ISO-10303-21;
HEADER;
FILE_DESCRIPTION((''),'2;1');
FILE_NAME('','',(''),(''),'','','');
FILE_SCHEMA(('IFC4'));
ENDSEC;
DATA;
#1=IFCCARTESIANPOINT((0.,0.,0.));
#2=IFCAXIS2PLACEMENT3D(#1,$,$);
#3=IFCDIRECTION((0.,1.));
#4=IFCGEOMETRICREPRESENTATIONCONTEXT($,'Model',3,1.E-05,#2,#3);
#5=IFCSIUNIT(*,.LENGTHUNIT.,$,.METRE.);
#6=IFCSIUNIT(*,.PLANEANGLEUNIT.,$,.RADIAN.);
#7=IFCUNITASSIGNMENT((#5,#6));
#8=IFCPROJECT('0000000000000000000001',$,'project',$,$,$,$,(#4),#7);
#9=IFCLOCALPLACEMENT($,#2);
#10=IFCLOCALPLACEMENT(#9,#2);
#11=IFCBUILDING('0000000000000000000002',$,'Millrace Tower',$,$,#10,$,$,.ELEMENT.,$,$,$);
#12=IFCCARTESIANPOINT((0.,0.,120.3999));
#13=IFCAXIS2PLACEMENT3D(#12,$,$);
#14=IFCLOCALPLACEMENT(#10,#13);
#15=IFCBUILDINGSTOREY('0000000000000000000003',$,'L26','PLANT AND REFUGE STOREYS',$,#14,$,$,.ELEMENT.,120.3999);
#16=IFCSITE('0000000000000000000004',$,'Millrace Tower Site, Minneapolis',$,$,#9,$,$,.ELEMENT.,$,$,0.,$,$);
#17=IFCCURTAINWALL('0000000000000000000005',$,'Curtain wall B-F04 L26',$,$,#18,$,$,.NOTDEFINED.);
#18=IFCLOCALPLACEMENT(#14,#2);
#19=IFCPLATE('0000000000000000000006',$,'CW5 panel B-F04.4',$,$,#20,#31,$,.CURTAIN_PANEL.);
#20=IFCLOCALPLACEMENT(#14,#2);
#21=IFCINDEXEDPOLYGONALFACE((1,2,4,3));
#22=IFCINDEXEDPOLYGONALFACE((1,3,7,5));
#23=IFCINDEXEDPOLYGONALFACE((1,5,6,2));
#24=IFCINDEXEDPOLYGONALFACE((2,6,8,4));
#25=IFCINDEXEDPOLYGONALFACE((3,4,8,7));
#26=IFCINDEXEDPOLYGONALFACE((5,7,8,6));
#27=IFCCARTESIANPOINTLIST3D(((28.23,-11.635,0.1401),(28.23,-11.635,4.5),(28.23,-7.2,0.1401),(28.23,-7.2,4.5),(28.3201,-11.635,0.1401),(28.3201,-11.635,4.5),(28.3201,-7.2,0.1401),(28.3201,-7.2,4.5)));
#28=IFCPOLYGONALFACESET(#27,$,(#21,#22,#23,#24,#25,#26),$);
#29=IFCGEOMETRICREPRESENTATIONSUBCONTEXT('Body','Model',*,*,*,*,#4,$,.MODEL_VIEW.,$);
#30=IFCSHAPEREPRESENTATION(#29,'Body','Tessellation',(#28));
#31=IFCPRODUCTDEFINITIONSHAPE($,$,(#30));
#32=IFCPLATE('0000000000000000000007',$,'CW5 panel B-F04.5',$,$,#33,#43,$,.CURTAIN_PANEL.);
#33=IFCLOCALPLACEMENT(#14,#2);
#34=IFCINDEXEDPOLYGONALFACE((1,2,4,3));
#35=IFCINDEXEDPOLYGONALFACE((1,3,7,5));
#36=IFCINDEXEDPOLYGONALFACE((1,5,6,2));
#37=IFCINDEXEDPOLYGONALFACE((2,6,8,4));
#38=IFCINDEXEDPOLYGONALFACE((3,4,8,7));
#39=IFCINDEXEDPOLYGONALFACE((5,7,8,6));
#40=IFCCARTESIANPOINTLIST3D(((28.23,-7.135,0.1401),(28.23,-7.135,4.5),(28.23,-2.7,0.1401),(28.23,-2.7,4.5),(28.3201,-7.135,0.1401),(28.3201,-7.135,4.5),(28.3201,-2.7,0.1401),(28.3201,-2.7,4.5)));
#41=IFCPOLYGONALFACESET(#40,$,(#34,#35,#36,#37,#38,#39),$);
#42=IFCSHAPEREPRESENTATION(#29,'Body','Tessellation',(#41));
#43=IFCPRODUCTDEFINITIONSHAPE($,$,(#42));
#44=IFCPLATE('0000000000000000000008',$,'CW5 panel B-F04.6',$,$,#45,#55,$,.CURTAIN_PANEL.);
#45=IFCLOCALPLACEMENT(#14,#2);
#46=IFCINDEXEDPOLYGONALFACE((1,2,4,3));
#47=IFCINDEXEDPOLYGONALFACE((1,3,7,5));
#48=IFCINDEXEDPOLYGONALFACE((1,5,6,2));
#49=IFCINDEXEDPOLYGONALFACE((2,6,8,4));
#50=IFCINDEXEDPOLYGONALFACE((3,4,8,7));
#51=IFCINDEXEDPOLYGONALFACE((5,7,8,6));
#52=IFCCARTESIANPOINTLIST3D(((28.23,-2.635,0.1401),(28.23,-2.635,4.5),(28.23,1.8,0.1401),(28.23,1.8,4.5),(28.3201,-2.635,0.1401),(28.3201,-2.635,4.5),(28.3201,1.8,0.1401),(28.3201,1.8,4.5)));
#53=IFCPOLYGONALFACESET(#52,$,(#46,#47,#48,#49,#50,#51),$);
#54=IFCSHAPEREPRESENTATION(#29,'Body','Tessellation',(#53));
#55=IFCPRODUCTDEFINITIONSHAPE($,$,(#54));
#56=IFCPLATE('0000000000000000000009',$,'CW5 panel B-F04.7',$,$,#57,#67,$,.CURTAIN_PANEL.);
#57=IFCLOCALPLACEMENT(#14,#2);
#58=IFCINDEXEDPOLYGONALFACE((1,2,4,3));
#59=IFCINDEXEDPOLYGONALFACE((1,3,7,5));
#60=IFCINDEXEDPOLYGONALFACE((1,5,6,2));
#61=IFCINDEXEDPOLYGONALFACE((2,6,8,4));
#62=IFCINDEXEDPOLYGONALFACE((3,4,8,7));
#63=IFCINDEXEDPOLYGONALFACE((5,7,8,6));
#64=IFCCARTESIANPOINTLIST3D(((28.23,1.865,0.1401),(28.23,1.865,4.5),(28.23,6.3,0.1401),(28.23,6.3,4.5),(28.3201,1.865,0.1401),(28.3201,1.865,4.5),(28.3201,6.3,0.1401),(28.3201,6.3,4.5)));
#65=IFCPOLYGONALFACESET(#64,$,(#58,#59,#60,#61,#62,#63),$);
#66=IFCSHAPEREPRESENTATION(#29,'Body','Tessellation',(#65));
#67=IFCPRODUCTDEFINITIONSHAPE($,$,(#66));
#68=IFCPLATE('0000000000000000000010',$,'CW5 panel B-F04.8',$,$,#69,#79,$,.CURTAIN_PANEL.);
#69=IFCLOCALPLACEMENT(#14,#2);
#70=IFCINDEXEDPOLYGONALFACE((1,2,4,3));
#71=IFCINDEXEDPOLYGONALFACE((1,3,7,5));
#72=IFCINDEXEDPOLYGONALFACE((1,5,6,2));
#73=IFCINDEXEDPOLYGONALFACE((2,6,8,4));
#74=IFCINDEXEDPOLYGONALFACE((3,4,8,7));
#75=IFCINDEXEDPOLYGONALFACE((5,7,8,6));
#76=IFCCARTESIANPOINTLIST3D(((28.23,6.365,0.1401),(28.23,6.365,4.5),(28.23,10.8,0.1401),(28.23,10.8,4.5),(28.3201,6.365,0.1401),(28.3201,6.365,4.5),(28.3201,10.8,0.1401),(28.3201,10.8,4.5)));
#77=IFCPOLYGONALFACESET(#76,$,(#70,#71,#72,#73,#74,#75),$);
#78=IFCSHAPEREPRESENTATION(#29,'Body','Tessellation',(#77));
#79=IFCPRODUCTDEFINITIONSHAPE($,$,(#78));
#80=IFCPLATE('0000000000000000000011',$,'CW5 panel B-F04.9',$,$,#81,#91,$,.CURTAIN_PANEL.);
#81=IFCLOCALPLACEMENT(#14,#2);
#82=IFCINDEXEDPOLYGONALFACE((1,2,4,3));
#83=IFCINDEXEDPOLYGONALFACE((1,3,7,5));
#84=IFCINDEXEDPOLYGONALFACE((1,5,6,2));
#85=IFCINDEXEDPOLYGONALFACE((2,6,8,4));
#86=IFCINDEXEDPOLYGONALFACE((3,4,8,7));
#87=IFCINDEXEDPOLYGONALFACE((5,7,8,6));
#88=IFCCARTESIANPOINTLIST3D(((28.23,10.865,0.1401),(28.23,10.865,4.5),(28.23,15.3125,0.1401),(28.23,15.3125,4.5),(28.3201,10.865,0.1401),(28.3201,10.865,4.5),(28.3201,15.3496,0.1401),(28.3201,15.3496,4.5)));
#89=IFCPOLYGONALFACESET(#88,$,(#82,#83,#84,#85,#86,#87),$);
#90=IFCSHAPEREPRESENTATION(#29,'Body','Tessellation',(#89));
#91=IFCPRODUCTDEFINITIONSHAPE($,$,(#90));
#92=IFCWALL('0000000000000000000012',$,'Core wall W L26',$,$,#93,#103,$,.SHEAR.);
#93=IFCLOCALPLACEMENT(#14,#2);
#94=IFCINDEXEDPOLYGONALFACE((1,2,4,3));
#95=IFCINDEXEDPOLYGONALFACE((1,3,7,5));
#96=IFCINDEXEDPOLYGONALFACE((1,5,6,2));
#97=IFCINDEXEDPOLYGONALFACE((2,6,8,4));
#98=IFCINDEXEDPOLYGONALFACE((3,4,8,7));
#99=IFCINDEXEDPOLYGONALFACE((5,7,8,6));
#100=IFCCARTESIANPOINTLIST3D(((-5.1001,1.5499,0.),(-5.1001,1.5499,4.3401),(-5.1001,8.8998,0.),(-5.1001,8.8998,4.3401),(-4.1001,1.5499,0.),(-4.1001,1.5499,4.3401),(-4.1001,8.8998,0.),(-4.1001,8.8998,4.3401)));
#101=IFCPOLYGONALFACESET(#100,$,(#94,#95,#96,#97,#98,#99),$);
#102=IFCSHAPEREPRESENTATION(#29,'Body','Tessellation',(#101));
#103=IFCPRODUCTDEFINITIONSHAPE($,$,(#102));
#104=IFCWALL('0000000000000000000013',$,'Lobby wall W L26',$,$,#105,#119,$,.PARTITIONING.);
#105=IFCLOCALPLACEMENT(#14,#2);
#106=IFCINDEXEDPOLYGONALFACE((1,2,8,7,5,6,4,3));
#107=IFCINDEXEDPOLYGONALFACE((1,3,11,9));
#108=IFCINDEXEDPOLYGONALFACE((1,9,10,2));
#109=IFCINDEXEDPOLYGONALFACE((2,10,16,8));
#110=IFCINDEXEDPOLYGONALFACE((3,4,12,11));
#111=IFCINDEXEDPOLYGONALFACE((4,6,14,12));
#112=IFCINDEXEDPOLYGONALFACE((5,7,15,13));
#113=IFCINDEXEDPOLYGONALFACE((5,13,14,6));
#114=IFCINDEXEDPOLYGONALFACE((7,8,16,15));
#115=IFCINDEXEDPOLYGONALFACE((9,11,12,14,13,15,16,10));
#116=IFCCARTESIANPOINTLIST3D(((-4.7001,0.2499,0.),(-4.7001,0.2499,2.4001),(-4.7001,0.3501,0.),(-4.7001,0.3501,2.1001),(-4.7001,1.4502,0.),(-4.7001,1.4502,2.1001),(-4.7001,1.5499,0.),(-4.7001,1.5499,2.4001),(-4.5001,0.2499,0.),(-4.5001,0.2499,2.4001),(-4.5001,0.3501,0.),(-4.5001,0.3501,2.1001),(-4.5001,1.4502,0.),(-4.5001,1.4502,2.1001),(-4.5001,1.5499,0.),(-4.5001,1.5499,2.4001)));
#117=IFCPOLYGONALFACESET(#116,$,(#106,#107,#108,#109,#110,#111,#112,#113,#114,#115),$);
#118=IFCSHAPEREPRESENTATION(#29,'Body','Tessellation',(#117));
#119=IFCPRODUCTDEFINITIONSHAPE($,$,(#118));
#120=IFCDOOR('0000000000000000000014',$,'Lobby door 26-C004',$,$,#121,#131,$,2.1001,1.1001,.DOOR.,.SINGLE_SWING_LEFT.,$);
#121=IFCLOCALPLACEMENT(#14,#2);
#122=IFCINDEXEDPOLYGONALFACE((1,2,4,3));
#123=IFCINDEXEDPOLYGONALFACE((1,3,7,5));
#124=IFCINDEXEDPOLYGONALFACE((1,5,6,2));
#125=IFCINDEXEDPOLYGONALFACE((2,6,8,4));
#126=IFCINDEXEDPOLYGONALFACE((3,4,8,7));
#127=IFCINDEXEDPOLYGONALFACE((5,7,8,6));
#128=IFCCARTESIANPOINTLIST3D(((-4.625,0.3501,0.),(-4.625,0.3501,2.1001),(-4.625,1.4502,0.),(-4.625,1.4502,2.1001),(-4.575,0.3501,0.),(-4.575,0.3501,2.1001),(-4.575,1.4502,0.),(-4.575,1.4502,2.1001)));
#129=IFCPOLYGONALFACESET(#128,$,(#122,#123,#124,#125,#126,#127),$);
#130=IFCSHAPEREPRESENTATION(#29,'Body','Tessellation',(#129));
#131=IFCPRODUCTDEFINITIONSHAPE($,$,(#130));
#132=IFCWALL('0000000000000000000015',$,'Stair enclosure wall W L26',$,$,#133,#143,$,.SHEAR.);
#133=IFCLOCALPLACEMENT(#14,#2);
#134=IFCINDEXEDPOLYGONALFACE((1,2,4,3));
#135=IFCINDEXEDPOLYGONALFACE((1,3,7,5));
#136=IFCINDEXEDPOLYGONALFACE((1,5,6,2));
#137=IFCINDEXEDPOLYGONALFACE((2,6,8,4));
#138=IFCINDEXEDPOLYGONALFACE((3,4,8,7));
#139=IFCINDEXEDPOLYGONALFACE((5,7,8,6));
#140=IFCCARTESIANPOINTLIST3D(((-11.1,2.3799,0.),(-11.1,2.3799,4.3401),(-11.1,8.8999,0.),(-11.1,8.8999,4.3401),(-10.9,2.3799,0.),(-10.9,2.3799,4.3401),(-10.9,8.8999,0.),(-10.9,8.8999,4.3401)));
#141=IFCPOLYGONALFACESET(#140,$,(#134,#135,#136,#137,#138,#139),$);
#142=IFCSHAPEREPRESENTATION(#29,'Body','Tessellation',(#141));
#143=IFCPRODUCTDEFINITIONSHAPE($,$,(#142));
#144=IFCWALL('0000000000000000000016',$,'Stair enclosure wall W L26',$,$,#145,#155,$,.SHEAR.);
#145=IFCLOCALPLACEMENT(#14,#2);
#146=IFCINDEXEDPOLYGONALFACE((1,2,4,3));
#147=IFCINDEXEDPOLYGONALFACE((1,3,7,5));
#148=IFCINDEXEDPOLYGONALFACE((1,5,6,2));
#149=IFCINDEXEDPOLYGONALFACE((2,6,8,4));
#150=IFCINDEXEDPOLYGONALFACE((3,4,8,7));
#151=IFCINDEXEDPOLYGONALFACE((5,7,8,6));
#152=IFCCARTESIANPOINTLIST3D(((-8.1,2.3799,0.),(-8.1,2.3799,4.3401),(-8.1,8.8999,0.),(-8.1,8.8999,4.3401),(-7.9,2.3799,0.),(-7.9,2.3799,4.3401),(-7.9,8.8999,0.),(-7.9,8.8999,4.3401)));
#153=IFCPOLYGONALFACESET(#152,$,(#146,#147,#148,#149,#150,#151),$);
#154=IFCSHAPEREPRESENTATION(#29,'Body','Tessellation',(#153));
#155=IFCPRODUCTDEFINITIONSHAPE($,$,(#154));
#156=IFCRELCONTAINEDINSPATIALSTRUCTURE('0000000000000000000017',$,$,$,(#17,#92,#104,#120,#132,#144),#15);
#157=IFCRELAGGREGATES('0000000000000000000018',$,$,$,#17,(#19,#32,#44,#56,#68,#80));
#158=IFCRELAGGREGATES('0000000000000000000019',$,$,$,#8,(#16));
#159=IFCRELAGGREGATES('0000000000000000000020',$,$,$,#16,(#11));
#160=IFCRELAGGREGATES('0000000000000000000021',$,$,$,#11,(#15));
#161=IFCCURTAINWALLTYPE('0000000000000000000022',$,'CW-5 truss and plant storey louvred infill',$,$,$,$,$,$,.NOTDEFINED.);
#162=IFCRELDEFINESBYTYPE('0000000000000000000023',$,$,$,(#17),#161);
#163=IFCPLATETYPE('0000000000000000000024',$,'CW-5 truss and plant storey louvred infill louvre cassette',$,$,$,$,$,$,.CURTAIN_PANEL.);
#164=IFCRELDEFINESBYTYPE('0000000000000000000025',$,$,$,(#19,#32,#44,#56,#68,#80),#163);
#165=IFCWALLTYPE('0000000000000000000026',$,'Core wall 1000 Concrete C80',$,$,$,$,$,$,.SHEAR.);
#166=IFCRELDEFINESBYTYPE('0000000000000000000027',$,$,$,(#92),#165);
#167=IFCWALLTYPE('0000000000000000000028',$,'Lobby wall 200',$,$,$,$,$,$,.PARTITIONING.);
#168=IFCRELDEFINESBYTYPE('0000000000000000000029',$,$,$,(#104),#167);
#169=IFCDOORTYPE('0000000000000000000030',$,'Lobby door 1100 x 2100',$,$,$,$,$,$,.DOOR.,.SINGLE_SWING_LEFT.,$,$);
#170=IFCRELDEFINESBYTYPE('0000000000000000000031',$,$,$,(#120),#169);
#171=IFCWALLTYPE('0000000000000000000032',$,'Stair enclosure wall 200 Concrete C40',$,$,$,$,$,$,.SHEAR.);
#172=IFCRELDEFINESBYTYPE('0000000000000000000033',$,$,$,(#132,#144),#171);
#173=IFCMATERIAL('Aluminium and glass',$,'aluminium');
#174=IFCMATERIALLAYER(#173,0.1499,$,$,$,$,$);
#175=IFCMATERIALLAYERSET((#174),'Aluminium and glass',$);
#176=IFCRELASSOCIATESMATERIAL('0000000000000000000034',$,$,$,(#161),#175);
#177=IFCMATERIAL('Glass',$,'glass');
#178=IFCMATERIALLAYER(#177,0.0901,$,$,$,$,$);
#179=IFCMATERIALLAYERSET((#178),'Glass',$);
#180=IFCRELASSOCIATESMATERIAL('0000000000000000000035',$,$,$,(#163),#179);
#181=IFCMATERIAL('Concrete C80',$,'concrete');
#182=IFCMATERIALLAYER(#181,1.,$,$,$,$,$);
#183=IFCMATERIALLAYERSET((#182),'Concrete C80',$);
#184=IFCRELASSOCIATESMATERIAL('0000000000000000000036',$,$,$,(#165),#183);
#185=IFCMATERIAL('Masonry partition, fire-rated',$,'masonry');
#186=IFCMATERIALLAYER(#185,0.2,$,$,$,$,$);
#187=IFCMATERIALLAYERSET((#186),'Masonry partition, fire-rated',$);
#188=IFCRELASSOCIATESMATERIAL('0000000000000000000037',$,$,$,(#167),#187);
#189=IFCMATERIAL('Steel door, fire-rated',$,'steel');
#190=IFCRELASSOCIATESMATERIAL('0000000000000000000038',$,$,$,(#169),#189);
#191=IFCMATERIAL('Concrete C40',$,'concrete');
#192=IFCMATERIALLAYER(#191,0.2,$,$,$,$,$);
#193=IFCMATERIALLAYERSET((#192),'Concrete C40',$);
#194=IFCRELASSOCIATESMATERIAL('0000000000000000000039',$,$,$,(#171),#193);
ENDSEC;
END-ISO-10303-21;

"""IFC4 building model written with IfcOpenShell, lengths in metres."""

from ifc_helpers import new_model, si_unit, direction, frame, frame_2d, origin, place, context, subcontext, project, spatial, polyline, rectangle, outline, extrude, material, layer, layer_set, type_object, element, fill, aggregate, save


model = new_model("IFC4")

# Units and contexts
model_context = context("Model", 3, precision=1e-05, world=origin(), true_north=direction((0.0, 1.0)))
body_context = subcontext(model_context, "Body", "Model", "MODEL_VIEW")
ifc_project = project(units=[si_unit("LENGTHUNIT", "METRE"), si_unit("PLANEANGLEUNIT", "RADIAN")], contexts=[model_context])

# Site, building, storey
site_placement = place(None, origin())
site = spatial("IfcSite", under=ifc_project, at=site_placement, Name="Millrace Tower Site, Minneapolis", CompositionType="ELEMENT", RefElevation=0.0)
building_placement = place(site_placement, origin())
building = spatial("IfcBuilding", under=site, at=building_placement, Name="Millrace Tower", CompositionType="ELEMENT")
storey_placement = place(building_placement, frame((0.0, 0.0, 120.3999)))
storey = spatial("IfcBuildingStorey", under=building, at=storey_placement, Name="L26", Description="PLANT AND REFUGE STOREYS", CompositionType="ELEMENT", Elevation=120.3999)

# Shared definitions
ifc_material_1 = material(Name="Aluminium and glass", Category="aluminium")
ifc_layer_1 = layer(ifc_material_1, 0.1499)
ifc_layer_set_1 = layer_set([ifc_layer_1], Name="Aluminium and glass")
curtain_wall_type = type_object("IfcCurtainWallType", Name="CW-5 truss and plant storey louvred infill", PredefinedType="NOTDEFINED", material=ifc_layer_set_1)
placement_1 = place(storey_placement, origin())
ifc_material_2 = material(Name="Glass", Category="glass")
ifc_layer_2 = layer(ifc_material_2, 0.0901)
ifc_layer_set_2 = layer_set([ifc_layer_2], Name="Glass")
plate_type = type_object("IfcPlateType", Name="CW-5 truss and plant storey louvred infill louvre cassette", PredefinedType="CURTAIN_PANEL", material=ifc_layer_set_2)
placement_2 = place(storey_placement, frame((0.0, 0.0, 0.1401)))

# Curtain wall, plates
curtain_wall_1 = element("IfcCurtainWall", 1, at=placement_1, inside=storey, type_object=curtain_wall_type, Name="Curtain wall B-F04 L26", PredefinedType="NOTDEFINED")
plate_1 = element("IfcPlate", 2, at=placement_2, type_object=plate_type, Name="CW5 panel B-F04.4", PredefinedType="CURTAIN_PANEL", context=body_context, shape_type="SweptSolid", body=[
    extrude(outline(polyline([(28.3201, -11.635), (28.3201, -7.2), (28.23, -7.2), (28.23, -11.635), (28.3201, -11.635)])), origin(), (0.0, 0.0, 1.0), 4.3599),
])
plate_2 = element("IfcPlate", 3, at=placement_2, type_object=plate_type, Name="CW5 panel B-F04.5", PredefinedType="CURTAIN_PANEL", context=body_context, shape_type="SweptSolid", body=[
    extrude(outline(polyline([(28.3201, -7.135), (28.3201, -2.7), (28.23, -2.7), (28.23, -7.135), (28.3201, -7.135)])), origin(), (0.0, 0.0, 1.0), 4.3599),
])
plate_3 = element("IfcPlate", 4, at=placement_2, type_object=plate_type, Name="CW5 panel B-F04.6", PredefinedType="CURTAIN_PANEL", context=body_context, shape_type="SweptSolid", body=[
    extrude(outline(polyline([(28.3201, -2.635), (28.3201, 1.8), (28.23, 1.8), (28.23, -2.635), (28.3201, -2.635)])), origin(), (0.0, 0.0, 1.0), 4.3599),
])
plate_4 = element("IfcPlate", 5, at=placement_2, type_object=plate_type, Name="CW5 panel B-F04.7", PredefinedType="CURTAIN_PANEL", context=body_context, shape_type="SweptSolid", body=[
    extrude(outline(polyline([(28.3201, 1.865), (28.3201, 6.3), (28.23, 6.3), (28.23, 1.865), (28.3201, 1.865)])), origin(), (0.0, 0.0, 1.0), 4.3599),
])
plate_5 = element("IfcPlate", 6, at=placement_2, type_object=plate_type, Name="CW5 panel B-F04.8", PredefinedType="CURTAIN_PANEL", context=body_context, shape_type="SweptSolid", body=[
    extrude(outline(polyline([(28.3201, 6.365), (28.3201, 10.8), (28.23, 10.8), (28.23, 6.365), (28.3201, 6.365)])), origin(), (0.0, 0.0, 1.0), 4.3599),
])
plate_6 = element("IfcPlate", 7, at=placement_2, type_object=plate_type, Name="CW5 panel B-F04.9", PredefinedType="CURTAIN_PANEL", context=body_context, shape_type="SweptSolid", body=[
    extrude(outline(polyline([(28.3201, 10.865), (28.3201, 15.3496), (28.23, 15.3125), (28.23, 10.865), (28.3201, 10.865)])), origin(), (0.0, 0.0, 1.0), 4.3599),
])
aggregate(curtain_wall_1, [plate_1, plate_2, plate_3, plate_4, plate_5, plate_6])

# Wall
ifc_material_3 = material(Name="Concrete C80", Category="concrete")
ifc_layer_3 = layer(ifc_material_3, 1.0)
ifc_layer_set_3 = layer_set([ifc_layer_3], Name="Concrete C80")
wall_type_1 = type_object("IfcWallType", Name="Core wall 1000 Concrete C80", PredefinedType="SHEAR", material=ifc_layer_set_3)
wall_1_placement = place(storey_placement, frame((-4.6001, 1.55, 0.0), z_axis=(0.0, 0.0, 1.0), x_axis=(0.0, 1.0, 0.0)))
element("IfcWall", 8, at=wall_1_placement, inside=storey, type_object=wall_type_1, Name="Core wall W L26", PredefinedType="SHEAR", context=body_context, shape_type="SweptSolid", body=[
    extrude(rectangle(XDim=7.3499, YDim=1.0, at=frame_2d((3.6748, 0.0))), origin(), (0.0, 0.0, 1.0), 4.3401),
])

# Wall, opening, door
ifc_material_4 = material(Name="Masonry partition, fire-rated", Category="masonry")
ifc_layer_4 = layer(ifc_material_4, 0.2)
ifc_layer_set_4 = layer_set([ifc_layer_4], Name="Masonry partition, fire-rated")
wall_type_2 = type_object("IfcWallType", Name="Lobby wall 200", PredefinedType="PARTITIONING", material=ifc_layer_set_4)
wall_2_placement = place(storey_placement, frame((-4.6001, 0.25, 0.0), z_axis=(0.0, 0.0, 1.0), x_axis=(0.0, 1.0, 0.0)))
wall_2 = element("IfcWall", 9, at=wall_2_placement, inside=storey, type_object=wall_type_2, Name="Lobby wall W L26", PredefinedType="PARTITIONING", context=body_context, shape_type="SweptSolid", body=[
    extrude(rectangle(XDim=1.3, YDim=0.2, at=frame_2d((0.6499, 0.0))), origin(), (0.0, 0.0, 1.0), 2.4001),
])
opening_placement = place(wall_2_placement, frame((0.1001, 0.0, 0.0)))
opening = element("IfcOpeningElement", 10, at=opening_placement, cuts=wall_2, PredefinedType="OPENING", context=body_context, shape_type="SweptSolid", body=[
    extrude(rectangle(XDim=1.1001, YDim=2.1001, at=frame_2d((0.55, 1.05))), frame((0.0, 0.1099, 0.0), z_axis=(0.0, -1.0, 0.0), x_axis=(1.0, 0.0, 0.0)), (0.0, 0.0, 1.0), 0.22),
])
ifc_material_5 = material(Name="Steel door, fire-rated", Category="steel")
door_type = type_object("IfcDoorType", Name="Lobby door 1100 x 2100", OperationType="SINGLE_SWING_LEFT", PredefinedType="DOOR", material=ifc_material_5)
door_placement = place(opening_placement, origin())
door = element("IfcDoor", 11, at=door_placement, inside=storey, type_object=door_type, Name="Lobby door 26-C004", OperationType="SINGLE_SWING_LEFT", OverallHeight=2.1001, OverallWidth=1.1001, PredefinedType="DOOR", context=body_context, shape_type="SweptSolid", body=[
    extrude(rectangle(XDim=1.1001, YDim=2.1001, at=frame_2d((0.55, 1.05))), frame((0.0, 0.0249, 0.0), z_axis=(0.0, -1.0, 0.0), x_axis=(1.0, 0.0, 0.0)), (0.0, 0.0, 1.0), 0.05),
])
fill(opening, door)

# Walls
ifc_material_6 = material(Name="Concrete C40", Category="concrete")
ifc_layer_5 = layer(ifc_material_6, 0.2)
ifc_layer_set_5 = layer_set([ifc_layer_5], Name="Concrete C40")
wall_type_3 = type_object("IfcWallType", Name="Stair enclosure wall 200 Concrete C40", PredefinedType="SHEAR", material=ifc_layer_set_5)
for number, where, z_axis, x_axis, name in (
    (12, (-11.0, 2.3799, 0.0), (0.0, 0.0, 1.0), (0.0, 1.0, 0.0), "Stair enclosure wall W L26"),
    (13, (-8.0, 2.3799, 0.0), (0.0, 0.0, 1.0), (0.0, 1.0, 0.0), "Stair enclosure wall W L26"),
):
    element("IfcWall", number, at=place(storey_placement, frame(where, z_axis=z_axis, x_axis=x_axis)), inside=storey, type_object=wall_type_3, Name=name, PredefinedType="SHEAR", context=body_context, shape_type="SweptSolid", body=[
        extrude(rectangle(XDim=6.52, YDim=0.2, at=frame_2d((3.26, 0.0))), origin(), (0.0, 0.0, 1.0), 4.3401),
    ])

save(model, "model.ifc")
